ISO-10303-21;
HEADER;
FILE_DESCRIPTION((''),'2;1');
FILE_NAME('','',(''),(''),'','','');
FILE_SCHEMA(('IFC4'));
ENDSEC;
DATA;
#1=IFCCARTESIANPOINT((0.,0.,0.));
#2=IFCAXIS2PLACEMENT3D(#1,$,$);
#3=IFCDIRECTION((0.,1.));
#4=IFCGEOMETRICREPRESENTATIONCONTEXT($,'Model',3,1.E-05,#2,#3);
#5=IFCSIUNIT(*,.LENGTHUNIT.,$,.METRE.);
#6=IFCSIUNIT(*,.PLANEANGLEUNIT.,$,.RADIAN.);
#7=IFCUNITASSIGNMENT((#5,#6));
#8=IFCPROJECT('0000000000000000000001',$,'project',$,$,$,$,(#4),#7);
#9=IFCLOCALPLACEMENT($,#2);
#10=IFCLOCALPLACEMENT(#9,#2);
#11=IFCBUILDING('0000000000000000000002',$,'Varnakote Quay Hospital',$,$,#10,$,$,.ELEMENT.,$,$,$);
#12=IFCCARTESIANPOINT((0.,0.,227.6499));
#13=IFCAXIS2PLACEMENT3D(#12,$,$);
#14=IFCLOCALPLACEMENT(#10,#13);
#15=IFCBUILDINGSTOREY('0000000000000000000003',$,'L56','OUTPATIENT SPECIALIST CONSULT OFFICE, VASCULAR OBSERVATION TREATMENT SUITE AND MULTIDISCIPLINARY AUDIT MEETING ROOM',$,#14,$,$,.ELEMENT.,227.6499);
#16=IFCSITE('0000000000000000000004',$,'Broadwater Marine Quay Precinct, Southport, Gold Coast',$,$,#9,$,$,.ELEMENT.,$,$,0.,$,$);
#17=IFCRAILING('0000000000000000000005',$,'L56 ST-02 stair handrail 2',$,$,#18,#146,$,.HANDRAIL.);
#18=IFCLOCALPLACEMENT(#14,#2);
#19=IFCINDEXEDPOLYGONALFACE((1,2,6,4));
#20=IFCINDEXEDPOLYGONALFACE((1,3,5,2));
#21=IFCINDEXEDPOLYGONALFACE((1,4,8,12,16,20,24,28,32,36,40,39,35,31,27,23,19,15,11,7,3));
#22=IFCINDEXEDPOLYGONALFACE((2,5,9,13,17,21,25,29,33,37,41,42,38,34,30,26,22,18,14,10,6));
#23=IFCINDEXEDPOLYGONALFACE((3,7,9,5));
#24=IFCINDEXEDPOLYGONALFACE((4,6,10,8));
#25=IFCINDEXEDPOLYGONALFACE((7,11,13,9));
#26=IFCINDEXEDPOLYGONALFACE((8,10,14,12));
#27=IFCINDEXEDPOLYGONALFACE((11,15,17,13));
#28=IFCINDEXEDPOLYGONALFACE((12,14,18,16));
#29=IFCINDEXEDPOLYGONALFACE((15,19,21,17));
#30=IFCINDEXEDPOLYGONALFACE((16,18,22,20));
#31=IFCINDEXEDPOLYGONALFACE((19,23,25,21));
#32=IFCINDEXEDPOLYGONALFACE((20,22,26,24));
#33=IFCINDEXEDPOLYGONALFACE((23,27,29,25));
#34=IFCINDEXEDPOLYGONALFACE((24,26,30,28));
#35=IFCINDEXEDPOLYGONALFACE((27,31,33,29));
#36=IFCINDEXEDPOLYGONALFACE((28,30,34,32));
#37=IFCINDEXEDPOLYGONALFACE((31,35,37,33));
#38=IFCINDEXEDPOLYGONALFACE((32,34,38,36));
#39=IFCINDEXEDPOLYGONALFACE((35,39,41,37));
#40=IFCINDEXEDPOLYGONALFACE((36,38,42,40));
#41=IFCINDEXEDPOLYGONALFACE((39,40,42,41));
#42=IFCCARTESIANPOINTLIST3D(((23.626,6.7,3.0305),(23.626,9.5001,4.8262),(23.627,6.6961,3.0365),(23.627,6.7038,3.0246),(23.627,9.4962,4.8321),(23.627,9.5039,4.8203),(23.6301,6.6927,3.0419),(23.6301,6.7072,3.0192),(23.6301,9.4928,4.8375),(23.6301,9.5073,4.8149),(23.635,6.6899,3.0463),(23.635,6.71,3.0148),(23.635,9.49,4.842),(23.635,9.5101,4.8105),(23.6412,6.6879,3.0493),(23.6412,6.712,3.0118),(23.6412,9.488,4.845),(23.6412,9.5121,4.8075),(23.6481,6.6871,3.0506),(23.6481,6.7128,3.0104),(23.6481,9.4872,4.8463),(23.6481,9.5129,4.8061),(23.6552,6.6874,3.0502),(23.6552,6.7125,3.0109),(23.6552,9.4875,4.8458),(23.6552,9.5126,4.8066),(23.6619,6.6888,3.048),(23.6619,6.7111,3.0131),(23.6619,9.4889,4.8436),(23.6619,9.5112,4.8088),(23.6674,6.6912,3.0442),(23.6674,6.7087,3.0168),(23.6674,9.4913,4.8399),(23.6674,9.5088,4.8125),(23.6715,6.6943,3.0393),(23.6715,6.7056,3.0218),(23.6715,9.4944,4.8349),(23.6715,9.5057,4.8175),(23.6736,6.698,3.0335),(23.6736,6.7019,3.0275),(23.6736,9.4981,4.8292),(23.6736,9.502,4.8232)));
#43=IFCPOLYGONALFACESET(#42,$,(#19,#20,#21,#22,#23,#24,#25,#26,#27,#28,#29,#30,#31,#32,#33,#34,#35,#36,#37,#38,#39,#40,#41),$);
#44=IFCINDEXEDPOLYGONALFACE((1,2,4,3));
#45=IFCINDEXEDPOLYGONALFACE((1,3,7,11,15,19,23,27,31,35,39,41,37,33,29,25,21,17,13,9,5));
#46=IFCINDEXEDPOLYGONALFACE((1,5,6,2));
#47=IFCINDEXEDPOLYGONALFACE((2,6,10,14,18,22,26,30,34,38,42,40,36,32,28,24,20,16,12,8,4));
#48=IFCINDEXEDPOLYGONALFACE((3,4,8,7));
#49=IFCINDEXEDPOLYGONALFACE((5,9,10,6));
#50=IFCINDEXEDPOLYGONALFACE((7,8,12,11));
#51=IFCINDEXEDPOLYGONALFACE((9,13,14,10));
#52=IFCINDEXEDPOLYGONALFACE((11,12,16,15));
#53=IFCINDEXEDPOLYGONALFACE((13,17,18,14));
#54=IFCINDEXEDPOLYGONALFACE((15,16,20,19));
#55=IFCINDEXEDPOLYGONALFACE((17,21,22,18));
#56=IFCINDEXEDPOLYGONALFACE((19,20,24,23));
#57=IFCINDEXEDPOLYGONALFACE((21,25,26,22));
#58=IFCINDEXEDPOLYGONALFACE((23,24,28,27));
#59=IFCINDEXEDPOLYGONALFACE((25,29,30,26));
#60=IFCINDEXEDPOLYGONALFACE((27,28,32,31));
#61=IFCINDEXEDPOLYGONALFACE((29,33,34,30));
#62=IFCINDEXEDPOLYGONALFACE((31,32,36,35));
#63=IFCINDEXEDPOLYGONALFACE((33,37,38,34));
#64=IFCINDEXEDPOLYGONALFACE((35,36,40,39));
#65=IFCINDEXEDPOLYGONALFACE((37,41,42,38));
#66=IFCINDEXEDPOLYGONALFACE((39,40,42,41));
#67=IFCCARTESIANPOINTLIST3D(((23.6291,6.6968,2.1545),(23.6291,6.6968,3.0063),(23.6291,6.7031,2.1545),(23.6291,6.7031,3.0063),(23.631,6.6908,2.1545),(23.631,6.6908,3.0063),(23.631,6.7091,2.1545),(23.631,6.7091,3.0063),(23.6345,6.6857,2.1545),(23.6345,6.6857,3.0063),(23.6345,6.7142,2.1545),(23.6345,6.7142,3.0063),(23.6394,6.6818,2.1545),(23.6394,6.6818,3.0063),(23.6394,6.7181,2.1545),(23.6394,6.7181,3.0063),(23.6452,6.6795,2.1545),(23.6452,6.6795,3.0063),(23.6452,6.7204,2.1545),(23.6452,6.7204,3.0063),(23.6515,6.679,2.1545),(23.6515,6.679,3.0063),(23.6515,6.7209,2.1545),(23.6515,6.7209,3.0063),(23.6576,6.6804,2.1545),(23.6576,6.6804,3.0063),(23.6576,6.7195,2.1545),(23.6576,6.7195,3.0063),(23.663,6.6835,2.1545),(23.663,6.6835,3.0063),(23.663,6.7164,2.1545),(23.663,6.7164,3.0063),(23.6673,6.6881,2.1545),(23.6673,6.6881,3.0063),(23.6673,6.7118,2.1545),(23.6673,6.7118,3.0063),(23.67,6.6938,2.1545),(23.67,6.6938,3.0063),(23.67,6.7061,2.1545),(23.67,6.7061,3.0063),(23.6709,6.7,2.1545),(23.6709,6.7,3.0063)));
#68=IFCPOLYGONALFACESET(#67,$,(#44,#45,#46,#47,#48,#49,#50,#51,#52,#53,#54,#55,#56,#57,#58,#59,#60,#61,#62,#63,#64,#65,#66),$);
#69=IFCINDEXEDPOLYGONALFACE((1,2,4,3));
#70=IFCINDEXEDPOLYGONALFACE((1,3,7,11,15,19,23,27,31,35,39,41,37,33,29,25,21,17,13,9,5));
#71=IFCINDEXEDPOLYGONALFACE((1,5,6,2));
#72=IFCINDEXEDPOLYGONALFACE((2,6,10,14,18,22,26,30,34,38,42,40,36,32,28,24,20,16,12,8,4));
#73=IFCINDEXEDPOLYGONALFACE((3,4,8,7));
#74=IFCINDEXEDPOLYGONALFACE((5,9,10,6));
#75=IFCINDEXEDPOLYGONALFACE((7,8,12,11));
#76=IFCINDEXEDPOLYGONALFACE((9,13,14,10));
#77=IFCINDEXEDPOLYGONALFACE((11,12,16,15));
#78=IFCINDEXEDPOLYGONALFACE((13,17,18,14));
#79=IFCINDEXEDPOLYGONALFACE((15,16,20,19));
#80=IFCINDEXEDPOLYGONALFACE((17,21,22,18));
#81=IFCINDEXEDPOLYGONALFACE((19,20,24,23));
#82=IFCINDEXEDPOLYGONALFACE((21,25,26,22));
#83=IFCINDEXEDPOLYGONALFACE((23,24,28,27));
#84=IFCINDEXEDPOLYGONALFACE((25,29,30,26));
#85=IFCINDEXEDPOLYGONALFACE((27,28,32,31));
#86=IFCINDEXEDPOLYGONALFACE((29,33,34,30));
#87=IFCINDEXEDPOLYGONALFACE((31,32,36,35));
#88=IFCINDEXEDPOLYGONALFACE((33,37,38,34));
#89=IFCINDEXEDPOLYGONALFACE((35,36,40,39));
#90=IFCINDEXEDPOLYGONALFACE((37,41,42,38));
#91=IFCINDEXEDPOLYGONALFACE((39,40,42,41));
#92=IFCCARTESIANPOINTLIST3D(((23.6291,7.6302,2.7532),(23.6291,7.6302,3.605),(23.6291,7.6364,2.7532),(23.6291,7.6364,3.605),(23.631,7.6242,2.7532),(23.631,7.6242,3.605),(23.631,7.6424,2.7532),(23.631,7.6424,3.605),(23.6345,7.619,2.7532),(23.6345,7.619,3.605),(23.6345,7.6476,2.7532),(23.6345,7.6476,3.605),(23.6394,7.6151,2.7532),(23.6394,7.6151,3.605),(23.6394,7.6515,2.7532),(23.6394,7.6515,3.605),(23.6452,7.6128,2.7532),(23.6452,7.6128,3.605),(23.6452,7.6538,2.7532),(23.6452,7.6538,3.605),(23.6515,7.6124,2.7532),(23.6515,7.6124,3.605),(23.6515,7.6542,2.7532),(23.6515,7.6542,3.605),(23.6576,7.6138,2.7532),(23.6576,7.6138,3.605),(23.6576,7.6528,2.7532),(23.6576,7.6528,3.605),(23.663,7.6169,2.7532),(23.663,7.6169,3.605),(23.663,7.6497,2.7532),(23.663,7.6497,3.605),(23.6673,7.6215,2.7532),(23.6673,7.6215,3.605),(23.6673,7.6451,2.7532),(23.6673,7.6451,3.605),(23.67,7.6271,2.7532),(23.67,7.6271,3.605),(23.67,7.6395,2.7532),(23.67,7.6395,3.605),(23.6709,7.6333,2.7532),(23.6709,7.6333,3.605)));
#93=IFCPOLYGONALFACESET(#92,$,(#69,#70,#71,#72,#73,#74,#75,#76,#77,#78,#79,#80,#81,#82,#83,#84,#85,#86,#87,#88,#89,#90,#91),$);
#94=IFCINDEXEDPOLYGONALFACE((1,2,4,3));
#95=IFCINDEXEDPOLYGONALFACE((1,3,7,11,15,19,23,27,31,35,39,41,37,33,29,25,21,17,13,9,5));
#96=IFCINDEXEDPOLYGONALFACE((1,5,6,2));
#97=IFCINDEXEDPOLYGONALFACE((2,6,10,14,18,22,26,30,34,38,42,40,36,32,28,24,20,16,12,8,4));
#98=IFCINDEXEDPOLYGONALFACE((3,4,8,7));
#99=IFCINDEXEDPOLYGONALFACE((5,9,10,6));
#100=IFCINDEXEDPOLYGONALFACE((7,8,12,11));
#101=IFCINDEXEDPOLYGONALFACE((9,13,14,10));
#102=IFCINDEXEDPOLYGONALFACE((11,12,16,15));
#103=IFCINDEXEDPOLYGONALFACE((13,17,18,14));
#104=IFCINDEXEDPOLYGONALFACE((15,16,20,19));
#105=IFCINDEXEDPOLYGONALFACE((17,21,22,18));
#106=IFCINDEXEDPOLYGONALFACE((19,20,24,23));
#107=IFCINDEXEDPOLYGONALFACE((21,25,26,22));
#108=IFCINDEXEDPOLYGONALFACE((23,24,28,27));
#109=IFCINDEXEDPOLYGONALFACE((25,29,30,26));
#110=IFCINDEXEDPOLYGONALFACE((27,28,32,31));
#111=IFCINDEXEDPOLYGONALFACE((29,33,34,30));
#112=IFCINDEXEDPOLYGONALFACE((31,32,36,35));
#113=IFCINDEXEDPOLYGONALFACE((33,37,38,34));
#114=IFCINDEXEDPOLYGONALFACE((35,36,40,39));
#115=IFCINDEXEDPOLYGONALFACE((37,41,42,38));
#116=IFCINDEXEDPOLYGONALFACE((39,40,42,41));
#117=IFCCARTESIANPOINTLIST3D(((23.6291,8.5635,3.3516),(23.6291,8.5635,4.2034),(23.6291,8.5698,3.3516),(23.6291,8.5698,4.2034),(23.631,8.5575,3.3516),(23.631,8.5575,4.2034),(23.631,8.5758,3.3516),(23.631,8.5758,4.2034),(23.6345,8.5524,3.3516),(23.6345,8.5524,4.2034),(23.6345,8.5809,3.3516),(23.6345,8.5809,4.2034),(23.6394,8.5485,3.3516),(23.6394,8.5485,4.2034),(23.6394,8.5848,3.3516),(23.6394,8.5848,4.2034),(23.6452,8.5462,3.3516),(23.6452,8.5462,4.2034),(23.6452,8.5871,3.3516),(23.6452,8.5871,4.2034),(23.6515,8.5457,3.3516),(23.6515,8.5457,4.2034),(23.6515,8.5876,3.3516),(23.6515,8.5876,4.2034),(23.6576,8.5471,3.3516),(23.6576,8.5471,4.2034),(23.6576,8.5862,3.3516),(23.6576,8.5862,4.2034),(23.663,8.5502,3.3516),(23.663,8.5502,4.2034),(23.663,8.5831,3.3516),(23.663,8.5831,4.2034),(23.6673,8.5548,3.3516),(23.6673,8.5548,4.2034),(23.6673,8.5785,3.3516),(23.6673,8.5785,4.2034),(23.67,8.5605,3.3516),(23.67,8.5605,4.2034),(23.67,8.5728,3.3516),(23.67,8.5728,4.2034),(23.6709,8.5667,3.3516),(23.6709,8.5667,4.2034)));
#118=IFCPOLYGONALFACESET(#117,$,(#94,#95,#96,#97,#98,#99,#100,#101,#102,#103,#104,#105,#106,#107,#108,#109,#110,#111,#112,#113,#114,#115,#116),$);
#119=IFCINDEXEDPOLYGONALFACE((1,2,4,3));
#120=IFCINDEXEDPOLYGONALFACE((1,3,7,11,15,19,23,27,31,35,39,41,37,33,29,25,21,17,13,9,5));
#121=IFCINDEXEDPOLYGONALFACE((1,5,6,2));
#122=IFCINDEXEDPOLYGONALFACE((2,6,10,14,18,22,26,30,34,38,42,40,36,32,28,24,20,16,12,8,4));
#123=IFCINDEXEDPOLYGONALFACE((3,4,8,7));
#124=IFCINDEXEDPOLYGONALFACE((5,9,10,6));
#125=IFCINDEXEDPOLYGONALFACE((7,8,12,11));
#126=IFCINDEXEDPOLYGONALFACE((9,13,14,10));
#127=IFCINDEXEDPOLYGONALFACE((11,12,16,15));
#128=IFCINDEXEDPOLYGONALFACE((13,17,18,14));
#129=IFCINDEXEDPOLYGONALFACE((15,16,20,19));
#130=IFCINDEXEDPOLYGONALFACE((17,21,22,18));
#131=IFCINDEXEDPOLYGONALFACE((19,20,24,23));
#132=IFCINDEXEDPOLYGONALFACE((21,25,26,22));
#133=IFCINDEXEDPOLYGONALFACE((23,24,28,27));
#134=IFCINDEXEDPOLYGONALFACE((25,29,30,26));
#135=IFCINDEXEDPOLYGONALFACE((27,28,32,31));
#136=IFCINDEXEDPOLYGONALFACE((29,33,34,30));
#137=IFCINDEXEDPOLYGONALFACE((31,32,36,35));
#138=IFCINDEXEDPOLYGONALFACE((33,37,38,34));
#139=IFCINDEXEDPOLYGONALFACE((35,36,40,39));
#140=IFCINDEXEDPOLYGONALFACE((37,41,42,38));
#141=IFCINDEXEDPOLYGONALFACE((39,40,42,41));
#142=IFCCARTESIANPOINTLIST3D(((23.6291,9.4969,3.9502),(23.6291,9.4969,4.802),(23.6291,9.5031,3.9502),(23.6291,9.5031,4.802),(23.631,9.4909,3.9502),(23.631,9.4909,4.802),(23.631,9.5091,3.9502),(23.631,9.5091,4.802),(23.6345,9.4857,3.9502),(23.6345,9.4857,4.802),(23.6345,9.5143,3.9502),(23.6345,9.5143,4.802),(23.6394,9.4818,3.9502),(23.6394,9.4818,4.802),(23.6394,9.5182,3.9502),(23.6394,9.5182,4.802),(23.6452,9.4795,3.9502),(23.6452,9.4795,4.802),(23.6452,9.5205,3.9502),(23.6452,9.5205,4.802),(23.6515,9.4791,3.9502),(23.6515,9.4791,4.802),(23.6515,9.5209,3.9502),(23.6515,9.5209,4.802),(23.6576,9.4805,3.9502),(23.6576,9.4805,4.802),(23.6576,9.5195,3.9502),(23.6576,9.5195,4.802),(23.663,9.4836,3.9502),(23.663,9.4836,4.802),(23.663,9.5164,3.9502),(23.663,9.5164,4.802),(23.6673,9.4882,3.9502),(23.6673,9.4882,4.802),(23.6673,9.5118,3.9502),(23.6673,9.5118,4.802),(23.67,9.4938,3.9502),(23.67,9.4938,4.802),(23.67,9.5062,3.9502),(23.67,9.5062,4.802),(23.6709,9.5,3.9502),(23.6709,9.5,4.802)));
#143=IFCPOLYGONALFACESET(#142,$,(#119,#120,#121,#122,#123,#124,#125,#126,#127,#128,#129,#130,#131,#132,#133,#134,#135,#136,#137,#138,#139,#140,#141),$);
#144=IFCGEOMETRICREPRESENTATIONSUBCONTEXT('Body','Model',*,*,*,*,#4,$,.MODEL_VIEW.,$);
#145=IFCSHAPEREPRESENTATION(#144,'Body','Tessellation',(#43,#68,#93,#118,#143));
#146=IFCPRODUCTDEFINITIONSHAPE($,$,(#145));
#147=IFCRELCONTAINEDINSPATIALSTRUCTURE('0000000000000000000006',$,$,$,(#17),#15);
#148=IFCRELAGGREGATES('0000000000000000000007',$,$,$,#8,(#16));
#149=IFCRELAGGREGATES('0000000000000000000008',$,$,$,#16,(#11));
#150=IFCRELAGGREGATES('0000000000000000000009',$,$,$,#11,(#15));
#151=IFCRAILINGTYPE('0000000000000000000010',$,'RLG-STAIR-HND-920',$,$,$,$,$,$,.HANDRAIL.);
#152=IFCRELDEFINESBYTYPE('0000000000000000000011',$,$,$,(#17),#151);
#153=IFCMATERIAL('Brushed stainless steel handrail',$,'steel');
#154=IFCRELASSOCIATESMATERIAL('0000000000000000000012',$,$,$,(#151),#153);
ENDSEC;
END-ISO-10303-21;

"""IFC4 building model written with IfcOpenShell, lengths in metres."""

from ifc_helpers import new_model, si_unit, direction, frame, origin, origin_2d, place, context, subcontext, project, spatial, circle, extrude, material, type_object, element, save


model = new_model("IFC4")

# Units and contexts
model_context = context("Model", 3, precision=1e-05, world=origin(), true_north=direction((0.0, 1.0)))
body_context = subcontext(model_context, "Body", "Model", "MODEL_VIEW")
ifc_project = project(units=[si_unit("LENGTHUNIT", "METRE"), si_unit("PLANEANGLEUNIT", "RADIAN")], contexts=[model_context])

# Site, building, storey
site_placement = place(None, origin())
site = spatial("IfcSite", under=ifc_project, at=site_placement, Name="Broadwater Marine Quay Precinct, Southport, Gold Coast", CompositionType="ELEMENT", RefElevation=0.0)
building_placement = place(site_placement, origin())
building = spatial("IfcBuilding", under=site, at=building_placement, Name="Varnakote Quay Hospital", CompositionType="ELEMENT")
storey_placement = place(building_placement, frame((0.0, 0.0, 227.6499)))
storey = spatial("IfcBuildingStorey", under=building, at=storey_placement, Name="L56", Description="OUTPATIENT SPECIALIST CONSULT OFFICE, VASCULAR OBSERVATION TREATMENT SUITE AND MULTIDISCIPLINARY AUDIT MEETING ROOM", CompositionType="ELEMENT", Elevation=227.6499)

# Railing
ifc_material_1 = material(Name="Brushed stainless steel handrail", Category="steel")
railing_type_1 = type_object("IfcRailingType", Name="RLG-STAIR-HND-920", PredefinedType="HANDRAIL", material=ifc_material_1)
railing_1_placement = place(storey_placement, frame((23.6499, 6.7, 2.1545)))
element("IfcRailing", 1, at=railing_1_placement, inside=storey, type_object=railing_type_1, Name="L56 ST-02 stair handrail 2", PredefinedType="HANDRAIL", context=body_context, shape_type="SweptSolid", body=[
    extrude(circle(Radius=0.0239, at=origin_2d()), frame((0.0, 0.0, 0.876), z_axis=(0.0, 0.841777, 0.539826), x_axis=(-1.0, 0.0, 0.0)), (0.0, 0.0, 1.0), 3.3264),
    extrude(circle(Radius=0.021, at=origin_2d()), origin(), (0.0, 0.0, 1.0), 0.8518),
    extrude(circle(Radius=0.021, at=origin_2d()), frame((0.0, 0.9333, 0.5986)), (0.0, 0.0, 1.0), 0.8518),
    extrude(circle(Radius=0.021, at=origin_2d()), frame((0.0, 1.8667, 1.197)), (0.0, 0.0, 1.0), 0.8518),
    extrude(circle(Radius=0.021, at=origin_2d()), frame((0.0, 2.8, 1.7957)), (0.0, 0.0, 1.0), 0.8518),
])

save(model, "model.ifc")
